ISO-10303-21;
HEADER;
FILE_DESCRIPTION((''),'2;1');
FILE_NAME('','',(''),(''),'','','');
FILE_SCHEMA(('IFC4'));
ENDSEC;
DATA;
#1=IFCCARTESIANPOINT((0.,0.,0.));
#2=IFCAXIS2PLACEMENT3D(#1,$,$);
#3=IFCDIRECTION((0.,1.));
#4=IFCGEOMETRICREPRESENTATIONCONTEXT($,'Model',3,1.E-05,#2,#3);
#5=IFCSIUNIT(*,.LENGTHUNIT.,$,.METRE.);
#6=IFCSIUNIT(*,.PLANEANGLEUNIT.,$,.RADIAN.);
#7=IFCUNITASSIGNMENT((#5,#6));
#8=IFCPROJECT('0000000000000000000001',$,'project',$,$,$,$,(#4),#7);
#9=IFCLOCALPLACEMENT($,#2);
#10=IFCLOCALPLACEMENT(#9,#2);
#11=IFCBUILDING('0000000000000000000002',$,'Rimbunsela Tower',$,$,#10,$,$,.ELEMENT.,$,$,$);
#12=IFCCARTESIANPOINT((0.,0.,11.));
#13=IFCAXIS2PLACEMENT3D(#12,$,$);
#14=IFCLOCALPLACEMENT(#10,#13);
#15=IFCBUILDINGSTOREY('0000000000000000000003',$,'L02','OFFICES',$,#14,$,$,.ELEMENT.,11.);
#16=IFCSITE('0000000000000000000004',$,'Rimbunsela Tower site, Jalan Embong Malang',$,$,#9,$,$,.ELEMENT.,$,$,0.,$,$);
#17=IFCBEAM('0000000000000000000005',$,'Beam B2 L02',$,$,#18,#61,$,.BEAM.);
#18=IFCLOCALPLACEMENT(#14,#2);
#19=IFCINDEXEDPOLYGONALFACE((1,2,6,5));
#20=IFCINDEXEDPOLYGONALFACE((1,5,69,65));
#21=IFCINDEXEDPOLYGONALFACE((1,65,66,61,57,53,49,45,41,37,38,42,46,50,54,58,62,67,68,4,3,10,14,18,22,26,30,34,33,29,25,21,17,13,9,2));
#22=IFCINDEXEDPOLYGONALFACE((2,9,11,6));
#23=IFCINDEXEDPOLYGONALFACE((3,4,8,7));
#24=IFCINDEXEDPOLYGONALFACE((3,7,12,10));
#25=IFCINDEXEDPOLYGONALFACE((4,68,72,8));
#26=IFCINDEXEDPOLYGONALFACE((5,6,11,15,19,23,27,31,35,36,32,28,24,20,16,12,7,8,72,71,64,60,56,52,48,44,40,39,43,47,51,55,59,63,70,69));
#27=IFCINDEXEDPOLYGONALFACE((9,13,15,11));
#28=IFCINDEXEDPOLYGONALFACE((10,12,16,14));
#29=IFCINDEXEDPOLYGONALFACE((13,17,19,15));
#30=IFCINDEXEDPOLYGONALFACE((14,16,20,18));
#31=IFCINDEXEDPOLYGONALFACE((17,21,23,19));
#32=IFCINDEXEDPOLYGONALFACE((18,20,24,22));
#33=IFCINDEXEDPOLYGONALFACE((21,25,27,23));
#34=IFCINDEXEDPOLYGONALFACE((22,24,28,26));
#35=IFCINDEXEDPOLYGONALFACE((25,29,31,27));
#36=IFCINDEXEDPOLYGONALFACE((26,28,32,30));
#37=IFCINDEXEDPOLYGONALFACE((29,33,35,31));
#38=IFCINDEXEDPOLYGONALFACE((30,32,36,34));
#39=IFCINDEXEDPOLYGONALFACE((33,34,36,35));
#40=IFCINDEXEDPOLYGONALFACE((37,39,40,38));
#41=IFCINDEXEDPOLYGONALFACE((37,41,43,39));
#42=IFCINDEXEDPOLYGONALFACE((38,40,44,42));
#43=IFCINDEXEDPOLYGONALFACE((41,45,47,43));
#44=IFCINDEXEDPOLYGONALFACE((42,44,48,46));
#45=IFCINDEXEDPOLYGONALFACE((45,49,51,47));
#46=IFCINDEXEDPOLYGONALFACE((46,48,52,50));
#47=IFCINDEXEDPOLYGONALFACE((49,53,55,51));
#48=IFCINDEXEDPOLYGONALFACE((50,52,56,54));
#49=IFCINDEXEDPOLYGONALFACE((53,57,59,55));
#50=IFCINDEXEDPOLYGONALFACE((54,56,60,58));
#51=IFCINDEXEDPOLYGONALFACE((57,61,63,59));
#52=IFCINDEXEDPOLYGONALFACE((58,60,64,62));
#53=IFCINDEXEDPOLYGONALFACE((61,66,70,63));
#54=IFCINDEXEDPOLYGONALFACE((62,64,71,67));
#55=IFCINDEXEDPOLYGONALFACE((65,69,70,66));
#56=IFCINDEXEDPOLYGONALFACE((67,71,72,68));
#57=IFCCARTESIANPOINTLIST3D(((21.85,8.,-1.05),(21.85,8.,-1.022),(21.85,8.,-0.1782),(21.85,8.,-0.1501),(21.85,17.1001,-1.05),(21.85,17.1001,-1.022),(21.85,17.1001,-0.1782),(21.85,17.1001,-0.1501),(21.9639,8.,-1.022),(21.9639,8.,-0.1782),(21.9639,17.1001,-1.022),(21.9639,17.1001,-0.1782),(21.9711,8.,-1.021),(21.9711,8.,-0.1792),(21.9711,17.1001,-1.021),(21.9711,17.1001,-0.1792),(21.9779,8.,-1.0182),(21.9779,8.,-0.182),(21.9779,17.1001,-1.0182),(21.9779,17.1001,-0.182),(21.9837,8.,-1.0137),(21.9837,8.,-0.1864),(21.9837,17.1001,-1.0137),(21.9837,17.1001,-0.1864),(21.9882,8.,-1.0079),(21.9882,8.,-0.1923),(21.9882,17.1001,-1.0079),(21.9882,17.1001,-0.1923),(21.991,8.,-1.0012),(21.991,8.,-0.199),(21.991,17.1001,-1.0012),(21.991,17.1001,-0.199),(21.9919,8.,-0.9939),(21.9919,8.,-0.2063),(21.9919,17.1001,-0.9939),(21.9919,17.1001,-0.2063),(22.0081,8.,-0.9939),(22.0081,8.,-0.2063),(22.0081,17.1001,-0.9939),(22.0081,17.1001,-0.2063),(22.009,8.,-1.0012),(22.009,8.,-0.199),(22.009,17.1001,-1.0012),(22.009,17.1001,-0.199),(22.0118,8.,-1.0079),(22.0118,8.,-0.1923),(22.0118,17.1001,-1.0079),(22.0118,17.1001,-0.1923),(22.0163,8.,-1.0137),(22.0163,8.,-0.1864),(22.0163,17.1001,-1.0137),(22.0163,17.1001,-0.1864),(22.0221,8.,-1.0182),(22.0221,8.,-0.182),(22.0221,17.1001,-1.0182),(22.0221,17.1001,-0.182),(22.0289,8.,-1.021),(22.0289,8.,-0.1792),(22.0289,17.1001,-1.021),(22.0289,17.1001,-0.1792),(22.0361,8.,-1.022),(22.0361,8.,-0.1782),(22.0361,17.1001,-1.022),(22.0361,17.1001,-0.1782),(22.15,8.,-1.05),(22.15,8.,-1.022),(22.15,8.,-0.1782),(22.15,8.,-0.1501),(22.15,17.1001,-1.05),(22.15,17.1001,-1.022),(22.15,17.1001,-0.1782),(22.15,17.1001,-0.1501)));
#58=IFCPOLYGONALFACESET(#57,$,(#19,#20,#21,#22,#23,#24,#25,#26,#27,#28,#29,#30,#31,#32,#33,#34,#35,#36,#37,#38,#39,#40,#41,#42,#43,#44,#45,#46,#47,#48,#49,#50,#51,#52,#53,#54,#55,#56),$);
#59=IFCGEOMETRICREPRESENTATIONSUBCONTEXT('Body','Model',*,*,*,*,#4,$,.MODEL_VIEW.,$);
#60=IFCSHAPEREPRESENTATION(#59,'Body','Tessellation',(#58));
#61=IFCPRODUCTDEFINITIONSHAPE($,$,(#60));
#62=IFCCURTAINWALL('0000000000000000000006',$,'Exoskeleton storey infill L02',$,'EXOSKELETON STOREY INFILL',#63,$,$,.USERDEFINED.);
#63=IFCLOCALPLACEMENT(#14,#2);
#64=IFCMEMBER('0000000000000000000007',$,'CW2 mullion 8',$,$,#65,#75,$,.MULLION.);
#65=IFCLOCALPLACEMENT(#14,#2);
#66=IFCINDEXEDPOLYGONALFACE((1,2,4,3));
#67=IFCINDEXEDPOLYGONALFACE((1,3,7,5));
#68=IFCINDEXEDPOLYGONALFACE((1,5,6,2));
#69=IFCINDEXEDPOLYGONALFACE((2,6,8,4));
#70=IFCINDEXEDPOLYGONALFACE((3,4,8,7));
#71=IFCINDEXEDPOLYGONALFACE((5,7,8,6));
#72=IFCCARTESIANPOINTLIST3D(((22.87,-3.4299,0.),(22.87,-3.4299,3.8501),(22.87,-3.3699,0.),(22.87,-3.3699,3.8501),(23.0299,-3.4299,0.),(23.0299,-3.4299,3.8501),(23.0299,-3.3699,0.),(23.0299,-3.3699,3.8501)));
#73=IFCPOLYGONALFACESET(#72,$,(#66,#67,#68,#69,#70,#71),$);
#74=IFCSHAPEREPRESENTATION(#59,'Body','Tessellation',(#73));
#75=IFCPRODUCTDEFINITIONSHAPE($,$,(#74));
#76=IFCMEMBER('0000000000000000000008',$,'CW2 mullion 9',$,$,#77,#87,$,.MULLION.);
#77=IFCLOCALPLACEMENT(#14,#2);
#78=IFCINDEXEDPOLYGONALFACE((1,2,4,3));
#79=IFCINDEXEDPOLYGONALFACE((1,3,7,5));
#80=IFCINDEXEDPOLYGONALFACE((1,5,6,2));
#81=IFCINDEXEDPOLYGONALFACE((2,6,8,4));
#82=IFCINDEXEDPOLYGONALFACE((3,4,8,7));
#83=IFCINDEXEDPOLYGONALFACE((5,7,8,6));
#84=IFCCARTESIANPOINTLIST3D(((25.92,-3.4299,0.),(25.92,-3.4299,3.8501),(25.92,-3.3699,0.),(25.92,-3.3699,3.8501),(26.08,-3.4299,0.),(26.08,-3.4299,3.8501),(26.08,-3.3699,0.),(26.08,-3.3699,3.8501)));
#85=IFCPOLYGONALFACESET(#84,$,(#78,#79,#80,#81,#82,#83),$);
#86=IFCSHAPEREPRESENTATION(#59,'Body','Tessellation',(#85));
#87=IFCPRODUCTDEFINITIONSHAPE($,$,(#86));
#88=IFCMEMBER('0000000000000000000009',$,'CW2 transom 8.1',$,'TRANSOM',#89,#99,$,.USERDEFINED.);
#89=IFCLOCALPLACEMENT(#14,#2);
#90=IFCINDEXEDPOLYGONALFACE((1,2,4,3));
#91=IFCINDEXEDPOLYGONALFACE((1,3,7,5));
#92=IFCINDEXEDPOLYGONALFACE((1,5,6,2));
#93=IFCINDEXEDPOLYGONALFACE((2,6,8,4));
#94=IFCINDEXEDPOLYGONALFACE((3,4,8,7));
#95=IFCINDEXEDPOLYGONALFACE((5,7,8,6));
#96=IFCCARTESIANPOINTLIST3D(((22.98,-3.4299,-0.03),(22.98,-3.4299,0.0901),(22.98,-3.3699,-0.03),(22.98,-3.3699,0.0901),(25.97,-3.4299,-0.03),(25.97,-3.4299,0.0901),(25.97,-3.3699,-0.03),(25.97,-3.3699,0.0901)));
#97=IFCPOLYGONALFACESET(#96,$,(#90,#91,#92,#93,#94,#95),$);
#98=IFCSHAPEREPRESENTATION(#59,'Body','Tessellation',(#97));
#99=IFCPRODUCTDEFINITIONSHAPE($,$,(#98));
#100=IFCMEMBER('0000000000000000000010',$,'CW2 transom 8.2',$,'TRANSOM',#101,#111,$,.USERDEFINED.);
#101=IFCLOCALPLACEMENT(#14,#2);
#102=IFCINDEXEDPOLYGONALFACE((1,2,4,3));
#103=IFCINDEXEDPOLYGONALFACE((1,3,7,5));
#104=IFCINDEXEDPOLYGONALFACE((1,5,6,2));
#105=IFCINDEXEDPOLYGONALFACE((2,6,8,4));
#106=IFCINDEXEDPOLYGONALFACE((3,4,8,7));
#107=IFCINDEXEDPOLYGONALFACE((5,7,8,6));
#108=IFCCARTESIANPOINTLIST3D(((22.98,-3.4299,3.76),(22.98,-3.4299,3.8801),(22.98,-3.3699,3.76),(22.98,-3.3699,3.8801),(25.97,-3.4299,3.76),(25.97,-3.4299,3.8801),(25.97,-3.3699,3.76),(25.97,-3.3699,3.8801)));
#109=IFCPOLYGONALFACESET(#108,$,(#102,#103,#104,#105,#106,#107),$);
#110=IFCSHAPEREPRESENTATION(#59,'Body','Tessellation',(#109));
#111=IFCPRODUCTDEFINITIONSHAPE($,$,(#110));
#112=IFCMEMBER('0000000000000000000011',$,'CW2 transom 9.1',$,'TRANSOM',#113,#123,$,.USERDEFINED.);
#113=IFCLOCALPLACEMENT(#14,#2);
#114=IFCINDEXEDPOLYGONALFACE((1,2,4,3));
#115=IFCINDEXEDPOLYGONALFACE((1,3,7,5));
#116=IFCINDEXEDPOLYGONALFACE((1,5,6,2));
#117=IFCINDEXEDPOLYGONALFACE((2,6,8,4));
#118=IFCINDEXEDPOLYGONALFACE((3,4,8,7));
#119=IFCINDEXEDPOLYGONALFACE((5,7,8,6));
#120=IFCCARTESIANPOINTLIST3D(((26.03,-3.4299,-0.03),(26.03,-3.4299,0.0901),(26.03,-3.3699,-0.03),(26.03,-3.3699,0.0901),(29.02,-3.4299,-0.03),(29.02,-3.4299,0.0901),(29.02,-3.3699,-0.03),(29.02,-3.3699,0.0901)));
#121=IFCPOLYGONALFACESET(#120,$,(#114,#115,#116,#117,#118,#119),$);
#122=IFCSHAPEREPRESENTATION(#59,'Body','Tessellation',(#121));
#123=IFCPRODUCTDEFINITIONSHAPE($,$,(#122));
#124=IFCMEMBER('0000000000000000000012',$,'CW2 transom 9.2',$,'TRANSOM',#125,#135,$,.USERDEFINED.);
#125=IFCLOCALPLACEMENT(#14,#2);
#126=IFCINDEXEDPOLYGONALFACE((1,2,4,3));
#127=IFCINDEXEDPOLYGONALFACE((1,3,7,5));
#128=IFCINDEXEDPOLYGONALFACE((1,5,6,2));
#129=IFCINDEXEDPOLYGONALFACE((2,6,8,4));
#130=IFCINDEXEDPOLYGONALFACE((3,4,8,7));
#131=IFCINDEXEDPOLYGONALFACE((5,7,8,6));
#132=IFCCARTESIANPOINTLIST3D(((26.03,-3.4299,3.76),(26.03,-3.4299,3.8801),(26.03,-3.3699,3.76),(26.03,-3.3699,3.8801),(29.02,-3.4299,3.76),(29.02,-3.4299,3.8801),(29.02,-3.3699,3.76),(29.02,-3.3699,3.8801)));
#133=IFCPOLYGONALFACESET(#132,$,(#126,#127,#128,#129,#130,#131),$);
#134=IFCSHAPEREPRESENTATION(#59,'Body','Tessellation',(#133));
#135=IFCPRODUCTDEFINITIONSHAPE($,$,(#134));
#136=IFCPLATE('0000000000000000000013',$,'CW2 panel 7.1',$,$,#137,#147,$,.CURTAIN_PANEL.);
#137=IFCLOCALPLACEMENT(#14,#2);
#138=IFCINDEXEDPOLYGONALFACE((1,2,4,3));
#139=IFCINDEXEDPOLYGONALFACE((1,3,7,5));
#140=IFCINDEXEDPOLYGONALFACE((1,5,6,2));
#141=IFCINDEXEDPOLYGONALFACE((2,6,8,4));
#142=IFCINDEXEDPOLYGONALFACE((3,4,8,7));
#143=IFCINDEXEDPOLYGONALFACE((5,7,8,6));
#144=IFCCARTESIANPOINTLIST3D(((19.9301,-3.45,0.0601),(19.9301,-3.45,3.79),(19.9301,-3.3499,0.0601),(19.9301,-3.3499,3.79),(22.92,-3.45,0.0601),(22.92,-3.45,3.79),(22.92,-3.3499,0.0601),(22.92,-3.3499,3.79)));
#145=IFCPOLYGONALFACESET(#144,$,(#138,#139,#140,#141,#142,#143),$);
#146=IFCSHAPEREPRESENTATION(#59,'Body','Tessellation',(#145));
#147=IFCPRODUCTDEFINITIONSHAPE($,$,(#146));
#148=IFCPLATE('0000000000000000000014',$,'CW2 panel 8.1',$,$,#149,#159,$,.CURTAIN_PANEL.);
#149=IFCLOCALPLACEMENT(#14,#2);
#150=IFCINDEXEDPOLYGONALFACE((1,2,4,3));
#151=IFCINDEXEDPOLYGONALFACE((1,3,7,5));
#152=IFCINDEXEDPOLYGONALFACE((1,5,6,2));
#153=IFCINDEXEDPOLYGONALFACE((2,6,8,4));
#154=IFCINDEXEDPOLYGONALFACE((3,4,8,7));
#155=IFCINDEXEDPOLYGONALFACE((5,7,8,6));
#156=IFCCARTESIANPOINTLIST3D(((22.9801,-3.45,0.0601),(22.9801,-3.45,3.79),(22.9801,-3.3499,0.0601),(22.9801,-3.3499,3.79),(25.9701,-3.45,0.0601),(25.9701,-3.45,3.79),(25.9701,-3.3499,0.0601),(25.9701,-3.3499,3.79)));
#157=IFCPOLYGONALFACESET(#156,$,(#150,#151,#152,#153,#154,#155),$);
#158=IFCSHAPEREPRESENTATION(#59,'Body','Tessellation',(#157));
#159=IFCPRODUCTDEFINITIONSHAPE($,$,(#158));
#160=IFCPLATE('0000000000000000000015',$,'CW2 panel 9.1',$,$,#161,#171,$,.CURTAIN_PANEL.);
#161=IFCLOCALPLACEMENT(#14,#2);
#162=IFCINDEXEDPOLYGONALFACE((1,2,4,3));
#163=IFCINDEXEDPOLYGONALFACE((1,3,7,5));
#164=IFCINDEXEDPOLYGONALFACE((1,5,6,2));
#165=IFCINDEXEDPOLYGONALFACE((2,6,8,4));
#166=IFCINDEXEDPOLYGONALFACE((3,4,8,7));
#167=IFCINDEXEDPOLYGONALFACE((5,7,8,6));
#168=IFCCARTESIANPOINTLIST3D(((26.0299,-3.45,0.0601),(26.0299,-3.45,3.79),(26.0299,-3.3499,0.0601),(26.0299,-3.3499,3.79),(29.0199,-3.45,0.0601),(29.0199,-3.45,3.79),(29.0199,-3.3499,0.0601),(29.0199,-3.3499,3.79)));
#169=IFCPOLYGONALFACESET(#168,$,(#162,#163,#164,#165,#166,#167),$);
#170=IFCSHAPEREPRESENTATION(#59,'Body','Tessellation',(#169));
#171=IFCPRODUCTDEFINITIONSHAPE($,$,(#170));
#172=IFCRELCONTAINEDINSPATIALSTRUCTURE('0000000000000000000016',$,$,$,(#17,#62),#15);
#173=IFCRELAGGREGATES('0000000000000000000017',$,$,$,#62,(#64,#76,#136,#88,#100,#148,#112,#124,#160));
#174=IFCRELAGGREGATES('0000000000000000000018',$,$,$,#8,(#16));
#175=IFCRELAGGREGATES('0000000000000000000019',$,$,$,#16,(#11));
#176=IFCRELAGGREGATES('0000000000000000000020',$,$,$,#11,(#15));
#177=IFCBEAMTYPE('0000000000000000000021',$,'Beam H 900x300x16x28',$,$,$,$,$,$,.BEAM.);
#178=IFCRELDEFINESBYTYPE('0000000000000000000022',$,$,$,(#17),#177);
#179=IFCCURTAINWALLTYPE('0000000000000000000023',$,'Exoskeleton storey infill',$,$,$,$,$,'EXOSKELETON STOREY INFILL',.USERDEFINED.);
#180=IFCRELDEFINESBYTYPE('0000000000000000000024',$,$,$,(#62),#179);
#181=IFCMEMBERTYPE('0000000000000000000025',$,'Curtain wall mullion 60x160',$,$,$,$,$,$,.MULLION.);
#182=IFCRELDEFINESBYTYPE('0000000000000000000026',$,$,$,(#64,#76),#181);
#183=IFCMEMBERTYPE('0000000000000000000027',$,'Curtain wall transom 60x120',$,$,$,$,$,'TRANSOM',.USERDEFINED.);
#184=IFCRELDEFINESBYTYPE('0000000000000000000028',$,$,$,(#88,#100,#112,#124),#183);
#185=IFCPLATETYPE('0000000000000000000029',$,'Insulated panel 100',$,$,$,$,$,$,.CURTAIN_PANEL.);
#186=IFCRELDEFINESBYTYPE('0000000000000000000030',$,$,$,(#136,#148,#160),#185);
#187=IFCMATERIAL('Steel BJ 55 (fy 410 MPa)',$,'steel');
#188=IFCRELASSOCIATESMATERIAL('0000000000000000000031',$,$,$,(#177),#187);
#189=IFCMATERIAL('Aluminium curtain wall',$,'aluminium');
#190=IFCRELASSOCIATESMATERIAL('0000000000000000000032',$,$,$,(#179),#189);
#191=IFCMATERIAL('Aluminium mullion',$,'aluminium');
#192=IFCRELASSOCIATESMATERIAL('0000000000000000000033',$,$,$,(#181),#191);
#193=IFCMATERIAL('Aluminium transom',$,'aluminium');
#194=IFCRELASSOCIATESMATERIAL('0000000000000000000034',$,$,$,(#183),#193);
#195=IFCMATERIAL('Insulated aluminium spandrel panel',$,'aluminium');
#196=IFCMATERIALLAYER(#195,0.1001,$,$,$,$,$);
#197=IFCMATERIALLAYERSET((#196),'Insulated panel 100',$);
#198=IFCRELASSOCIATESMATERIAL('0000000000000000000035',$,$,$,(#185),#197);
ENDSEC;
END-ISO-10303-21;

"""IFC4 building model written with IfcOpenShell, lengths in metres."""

from ifc_helpers import new_model, si_unit, direction, frame, origin, origin_2d, place, context, subcontext, project, spatial, rectangle, i_section, extrude, material, layer, layer_set, material_profile, profile_set, type_object, element, aggregate, save


model = new_model("IFC4")

# Units and contexts
model_context = context("Model", 3, precision=1e-05, world=origin(), true_north=direction((0.0, 1.0)))
body_context = subcontext(model_context, "Body", "Model", "MODEL_VIEW")
ifc_project = project(units=[si_unit("LENGTHUNIT", "METRE"), si_unit("PLANEANGLEUNIT", "RADIAN")], contexts=[model_context])

# Site, building, storey
site_placement = place(None, origin())
site = spatial("IfcSite", under=ifc_project, at=site_placement, Name="Rimbunsela Tower site, Jalan Embong Malang", CompositionType="ELEMENT", RefElevation=0.0)
building_placement = place(site_placement, origin())
building = spatial("IfcBuilding", under=site, at=building_placement, Name="Rimbunsela Tower", CompositionType="ELEMENT")
storey_placement = place(building_placement, frame((0.0, 0.0, 11.0)))
storey = spatial("IfcBuildingStorey", under=building, at=storey_placement, Name="L02", Description="OFFICES", CompositionType="ELEMENT", Elevation=11.0)

# Beam
ifc_material_1 = material(Name="Steel BJ 55 (fy 410 MPa)", Category="steel")
ifc_material_profile_1 = material_profile(ifc_material_1, i_section(OverallWidth=0.3, OverallDepth=0.8999, WebThickness=0.0161, FlangeThickness=0.0281, FilletRadius=0.0281, at=origin_2d()), Name="H 900x300x16x28")
ifc_profile_set_1 = profile_set([ifc_material_profile_1], Name="Steel BJ 55 (fy 410 MPa)")
beam_type_1 = type_object("IfcBeamType", Name="Beam H 900x300x16x28", PredefinedType="BEAM", material=ifc_profile_set_1)
beam_1_placement = place(storey_placement, frame((22.0, 8.0, -0.6001), z_axis=(0.0, 1.0, 0.0), x_axis=(-1.0, 0.0, 0.0)))
element("IfcBeam", 1, at=beam_1_placement, inside=storey, type_object=beam_type_1, Name="Beam B2 L02", PredefinedType="BEAM", context=body_context, shape_type="SweptSolid", body=[
    extrude(i_section(OverallWidth=0.3, OverallDepth=0.8999, WebThickness=0.0161, FlangeThickness=0.0281, FilletRadius=0.0281, at=origin_2d()), origin(), (0.0, 0.0, 1.0), 9.1001),
])

# Curtain wall, members, plates
ifc_material_2 = material(Name="Aluminium curtain wall", Category="aluminium")
curtain_wall_type = type_object("IfcCurtainWallType", Name="Exoskeleton storey infill", ElementType="EXOSKELETON STOREY INFILL", PredefinedType="USERDEFINED", material=ifc_material_2)
curtain_wall_placement = place(storey_placement, origin())
curtain_wall = element("IfcCurtainWall", 2, at=curtain_wall_placement, inside=storey, type_object=curtain_wall_type, Name="Exoskeleton storey infill L02", ObjectType="EXOSKELETON STOREY INFILL", PredefinedType="USERDEFINED")
ifc_material_3 = material(Name="Aluminium mullion", Category="aluminium")
ifc_material_profile_2 = material_profile(ifc_material_3, rectangle(XDim=0.0601, YDim=0.1599, at=origin_2d()), Name="Mullion 60x160")
ifc_profile_set_2 = profile_set([ifc_material_profile_2], Name="Aluminium mullion")
member_type_1 = type_object("IfcMemberType", Name="Curtain wall mullion 60x160", PredefinedType="MULLION", material=ifc_profile_set_2)
member_1_placement = place(storey_placement, frame((22.95, -3.3999, 0.0), z_axis=(0.0, 0.0, 1.0), x_axis=(0.0, 1.0, 0.0)))
member_1 = element("IfcMember", 3, at=member_1_placement, type_object=member_type_1, Name="CW2 mullion 8", PredefinedType="MULLION", context=body_context, shape_type="SweptSolid", body=[
    extrude(rectangle(XDim=0.0601, YDim=0.1599, at=origin_2d()), origin(), (0.0, 0.0, 1.0), 3.8501),
])
member_2_placement = place(storey_placement, frame((26.0, -3.3999, 0.0), z_axis=(0.0, 0.0, 1.0), x_axis=(0.0, 1.0, 0.0)))
member_2 = element("IfcMember", 4, at=member_2_placement, type_object=member_type_1, Name="CW2 mullion 9", PredefinedType="MULLION", context=body_context, shape_type="SweptSolid", body=[
    extrude(rectangle(XDim=0.0601, YDim=0.1599, at=origin_2d()), origin(), (0.0, 0.0, 1.0), 3.8501),
])
ifc_material_4 = material(Name="Aluminium transom", Category="aluminium")
ifc_material_profile_3 = material_profile(ifc_material_4, rectangle(XDim=0.0601, YDim=0.1201, at=origin_2d()), Name="Transom 60x120")
ifc_profile_set_3 = profile_set([ifc_material_profile_3], Name="Aluminium transom")
member_type_2 = type_object("IfcMemberType", Name="Curtain wall transom 60x120", ElementType="TRANSOM", PredefinedType="USERDEFINED", material=ifc_profile_set_3)
member_3_placement = place(storey_placement, frame((22.98, -3.3999, 0.03), z_axis=(1.0, 0.0, 0.0), x_axis=(0.0, 1.0, 0.0)))
member_3 = element("IfcMember", 5, at=member_3_placement, type_object=member_type_2, Name="CW2 transom 8.1", ObjectType="TRANSOM", PredefinedType="USERDEFINED", context=body_context, shape_type="SweptSolid", body=[
    extrude(rectangle(XDim=0.0601, YDim=0.1201, at=origin_2d()), origin(), (0.0, 0.0, 1.0), 2.99),
])
member_4_placement = place(storey_placement, frame((22.98, -3.3999, 3.8201), z_axis=(1.0, 0.0, 0.0), x_axis=(0.0, 1.0, 0.0)))
member_4 = element("IfcMember", 6, at=member_4_placement, type_object=member_type_2, Name="CW2 transom 8.2", ObjectType="TRANSOM", PredefinedType="USERDEFINED", context=body_context, shape_type="SweptSolid", body=[
    extrude(rectangle(XDim=0.0601, YDim=0.1201, at=origin_2d()), origin(), (0.0, 0.0, 1.0), 2.99),
])
member_5_placement = place(storey_placement, frame((26.03, -3.3999, 0.03), z_axis=(1.0, 0.0, 0.0), x_axis=(0.0, 1.0, 0.0)))
member_5 = element("IfcMember", 7, at=member_5_placement, type_object=member_type_2, Name="CW2 transom 9.1", ObjectType="TRANSOM", PredefinedType="USERDEFINED", context=body_context, shape_type="SweptSolid", body=[
    extrude(rectangle(XDim=0.0601, YDim=0.1201, at=origin_2d()), origin(), (0.0, 0.0, 1.0), 2.99),
])
member_6_placement = place(storey_placement, frame((26.03, -3.3999, 3.8201), z_axis=(1.0, 0.0, 0.0), x_axis=(0.0, 1.0, 0.0)))
member_6 = element("IfcMember", 8, at=member_6_placement, type_object=member_type_2, Name="CW2 transom 9.2", ObjectType="TRANSOM", PredefinedType="USERDEFINED", context=body_context, shape_type="SweptSolid", body=[
    extrude(rectangle(XDim=0.0601, YDim=0.1201, at=origin_2d()), origin(), (0.0, 0.0, 1.0), 2.99),
])
ifc_material_5 = material(Name="Insulated aluminium spandrel panel", Category="aluminium")
ifc_layer_1 = layer(ifc_material_5, 0.1001)
ifc_layer_set_1 = layer_set([ifc_layer_1], Name="Insulated panel 100")
plate_type = type_object("IfcPlateType", Name="Insulated panel 100", PredefinedType="CURTAIN_PANEL", material=ifc_layer_set_1)
plate_1_placement = place(storey_placement, frame((21.425, -3.3999, 0.0601), z_axis=(0.0, 0.0, 1.0), x_axis=(1.0, 0.0, 0.0)))
plate_1 = element("IfcPlate", 9, at=plate_1_placement, type_object=plate_type, Name="CW2 panel 7.1", PredefinedType="CURTAIN_PANEL", context=body_context, shape_type="SweptSolid", body=[
    extrude(rectangle(XDim=2.99, YDim=0.1001, at=origin_2d()), origin(), (0.0, 0.0, 1.0), 3.73),
])
plate_2_placement = place(storey_placement, frame((24.4751, -3.3999, 0.0601), z_axis=(0.0, 0.0, 1.0), x_axis=(1.0, 0.0, 0.0)))
plate_2 = element("IfcPlate", 10, at=plate_2_placement, type_object=plate_type, Name="CW2 panel 8.1", PredefinedType="CURTAIN_PANEL", context=body_context, shape_type="SweptSolid", body=[
    extrude(rectangle(XDim=2.99, YDim=0.1001, at=origin_2d()), origin(), (0.0, 0.0, 1.0), 3.73),
])
plate_3_placement = place(storey_placement, frame((27.5249, -3.3999, 0.0601), z_axis=(0.0, 0.0, 1.0), x_axis=(1.0, 0.0, 0.0)))
plate_3 = element("IfcPlate", 11, at=plate_3_placement, type_object=plate_type, Name="CW2 panel 9.1", PredefinedType="CURTAIN_PANEL", context=body_context, shape_type="SweptSolid", body=[
    extrude(rectangle(XDim=2.99, YDim=0.1001, at=origin_2d()), origin(), (0.0, 0.0, 1.0), 3.73),
])
aggregate(curtain_wall, [member_1, member_2, plate_1, member_3, member_4, plate_2, member_5, member_6, plate_3])

save(model, "model.ifc")
